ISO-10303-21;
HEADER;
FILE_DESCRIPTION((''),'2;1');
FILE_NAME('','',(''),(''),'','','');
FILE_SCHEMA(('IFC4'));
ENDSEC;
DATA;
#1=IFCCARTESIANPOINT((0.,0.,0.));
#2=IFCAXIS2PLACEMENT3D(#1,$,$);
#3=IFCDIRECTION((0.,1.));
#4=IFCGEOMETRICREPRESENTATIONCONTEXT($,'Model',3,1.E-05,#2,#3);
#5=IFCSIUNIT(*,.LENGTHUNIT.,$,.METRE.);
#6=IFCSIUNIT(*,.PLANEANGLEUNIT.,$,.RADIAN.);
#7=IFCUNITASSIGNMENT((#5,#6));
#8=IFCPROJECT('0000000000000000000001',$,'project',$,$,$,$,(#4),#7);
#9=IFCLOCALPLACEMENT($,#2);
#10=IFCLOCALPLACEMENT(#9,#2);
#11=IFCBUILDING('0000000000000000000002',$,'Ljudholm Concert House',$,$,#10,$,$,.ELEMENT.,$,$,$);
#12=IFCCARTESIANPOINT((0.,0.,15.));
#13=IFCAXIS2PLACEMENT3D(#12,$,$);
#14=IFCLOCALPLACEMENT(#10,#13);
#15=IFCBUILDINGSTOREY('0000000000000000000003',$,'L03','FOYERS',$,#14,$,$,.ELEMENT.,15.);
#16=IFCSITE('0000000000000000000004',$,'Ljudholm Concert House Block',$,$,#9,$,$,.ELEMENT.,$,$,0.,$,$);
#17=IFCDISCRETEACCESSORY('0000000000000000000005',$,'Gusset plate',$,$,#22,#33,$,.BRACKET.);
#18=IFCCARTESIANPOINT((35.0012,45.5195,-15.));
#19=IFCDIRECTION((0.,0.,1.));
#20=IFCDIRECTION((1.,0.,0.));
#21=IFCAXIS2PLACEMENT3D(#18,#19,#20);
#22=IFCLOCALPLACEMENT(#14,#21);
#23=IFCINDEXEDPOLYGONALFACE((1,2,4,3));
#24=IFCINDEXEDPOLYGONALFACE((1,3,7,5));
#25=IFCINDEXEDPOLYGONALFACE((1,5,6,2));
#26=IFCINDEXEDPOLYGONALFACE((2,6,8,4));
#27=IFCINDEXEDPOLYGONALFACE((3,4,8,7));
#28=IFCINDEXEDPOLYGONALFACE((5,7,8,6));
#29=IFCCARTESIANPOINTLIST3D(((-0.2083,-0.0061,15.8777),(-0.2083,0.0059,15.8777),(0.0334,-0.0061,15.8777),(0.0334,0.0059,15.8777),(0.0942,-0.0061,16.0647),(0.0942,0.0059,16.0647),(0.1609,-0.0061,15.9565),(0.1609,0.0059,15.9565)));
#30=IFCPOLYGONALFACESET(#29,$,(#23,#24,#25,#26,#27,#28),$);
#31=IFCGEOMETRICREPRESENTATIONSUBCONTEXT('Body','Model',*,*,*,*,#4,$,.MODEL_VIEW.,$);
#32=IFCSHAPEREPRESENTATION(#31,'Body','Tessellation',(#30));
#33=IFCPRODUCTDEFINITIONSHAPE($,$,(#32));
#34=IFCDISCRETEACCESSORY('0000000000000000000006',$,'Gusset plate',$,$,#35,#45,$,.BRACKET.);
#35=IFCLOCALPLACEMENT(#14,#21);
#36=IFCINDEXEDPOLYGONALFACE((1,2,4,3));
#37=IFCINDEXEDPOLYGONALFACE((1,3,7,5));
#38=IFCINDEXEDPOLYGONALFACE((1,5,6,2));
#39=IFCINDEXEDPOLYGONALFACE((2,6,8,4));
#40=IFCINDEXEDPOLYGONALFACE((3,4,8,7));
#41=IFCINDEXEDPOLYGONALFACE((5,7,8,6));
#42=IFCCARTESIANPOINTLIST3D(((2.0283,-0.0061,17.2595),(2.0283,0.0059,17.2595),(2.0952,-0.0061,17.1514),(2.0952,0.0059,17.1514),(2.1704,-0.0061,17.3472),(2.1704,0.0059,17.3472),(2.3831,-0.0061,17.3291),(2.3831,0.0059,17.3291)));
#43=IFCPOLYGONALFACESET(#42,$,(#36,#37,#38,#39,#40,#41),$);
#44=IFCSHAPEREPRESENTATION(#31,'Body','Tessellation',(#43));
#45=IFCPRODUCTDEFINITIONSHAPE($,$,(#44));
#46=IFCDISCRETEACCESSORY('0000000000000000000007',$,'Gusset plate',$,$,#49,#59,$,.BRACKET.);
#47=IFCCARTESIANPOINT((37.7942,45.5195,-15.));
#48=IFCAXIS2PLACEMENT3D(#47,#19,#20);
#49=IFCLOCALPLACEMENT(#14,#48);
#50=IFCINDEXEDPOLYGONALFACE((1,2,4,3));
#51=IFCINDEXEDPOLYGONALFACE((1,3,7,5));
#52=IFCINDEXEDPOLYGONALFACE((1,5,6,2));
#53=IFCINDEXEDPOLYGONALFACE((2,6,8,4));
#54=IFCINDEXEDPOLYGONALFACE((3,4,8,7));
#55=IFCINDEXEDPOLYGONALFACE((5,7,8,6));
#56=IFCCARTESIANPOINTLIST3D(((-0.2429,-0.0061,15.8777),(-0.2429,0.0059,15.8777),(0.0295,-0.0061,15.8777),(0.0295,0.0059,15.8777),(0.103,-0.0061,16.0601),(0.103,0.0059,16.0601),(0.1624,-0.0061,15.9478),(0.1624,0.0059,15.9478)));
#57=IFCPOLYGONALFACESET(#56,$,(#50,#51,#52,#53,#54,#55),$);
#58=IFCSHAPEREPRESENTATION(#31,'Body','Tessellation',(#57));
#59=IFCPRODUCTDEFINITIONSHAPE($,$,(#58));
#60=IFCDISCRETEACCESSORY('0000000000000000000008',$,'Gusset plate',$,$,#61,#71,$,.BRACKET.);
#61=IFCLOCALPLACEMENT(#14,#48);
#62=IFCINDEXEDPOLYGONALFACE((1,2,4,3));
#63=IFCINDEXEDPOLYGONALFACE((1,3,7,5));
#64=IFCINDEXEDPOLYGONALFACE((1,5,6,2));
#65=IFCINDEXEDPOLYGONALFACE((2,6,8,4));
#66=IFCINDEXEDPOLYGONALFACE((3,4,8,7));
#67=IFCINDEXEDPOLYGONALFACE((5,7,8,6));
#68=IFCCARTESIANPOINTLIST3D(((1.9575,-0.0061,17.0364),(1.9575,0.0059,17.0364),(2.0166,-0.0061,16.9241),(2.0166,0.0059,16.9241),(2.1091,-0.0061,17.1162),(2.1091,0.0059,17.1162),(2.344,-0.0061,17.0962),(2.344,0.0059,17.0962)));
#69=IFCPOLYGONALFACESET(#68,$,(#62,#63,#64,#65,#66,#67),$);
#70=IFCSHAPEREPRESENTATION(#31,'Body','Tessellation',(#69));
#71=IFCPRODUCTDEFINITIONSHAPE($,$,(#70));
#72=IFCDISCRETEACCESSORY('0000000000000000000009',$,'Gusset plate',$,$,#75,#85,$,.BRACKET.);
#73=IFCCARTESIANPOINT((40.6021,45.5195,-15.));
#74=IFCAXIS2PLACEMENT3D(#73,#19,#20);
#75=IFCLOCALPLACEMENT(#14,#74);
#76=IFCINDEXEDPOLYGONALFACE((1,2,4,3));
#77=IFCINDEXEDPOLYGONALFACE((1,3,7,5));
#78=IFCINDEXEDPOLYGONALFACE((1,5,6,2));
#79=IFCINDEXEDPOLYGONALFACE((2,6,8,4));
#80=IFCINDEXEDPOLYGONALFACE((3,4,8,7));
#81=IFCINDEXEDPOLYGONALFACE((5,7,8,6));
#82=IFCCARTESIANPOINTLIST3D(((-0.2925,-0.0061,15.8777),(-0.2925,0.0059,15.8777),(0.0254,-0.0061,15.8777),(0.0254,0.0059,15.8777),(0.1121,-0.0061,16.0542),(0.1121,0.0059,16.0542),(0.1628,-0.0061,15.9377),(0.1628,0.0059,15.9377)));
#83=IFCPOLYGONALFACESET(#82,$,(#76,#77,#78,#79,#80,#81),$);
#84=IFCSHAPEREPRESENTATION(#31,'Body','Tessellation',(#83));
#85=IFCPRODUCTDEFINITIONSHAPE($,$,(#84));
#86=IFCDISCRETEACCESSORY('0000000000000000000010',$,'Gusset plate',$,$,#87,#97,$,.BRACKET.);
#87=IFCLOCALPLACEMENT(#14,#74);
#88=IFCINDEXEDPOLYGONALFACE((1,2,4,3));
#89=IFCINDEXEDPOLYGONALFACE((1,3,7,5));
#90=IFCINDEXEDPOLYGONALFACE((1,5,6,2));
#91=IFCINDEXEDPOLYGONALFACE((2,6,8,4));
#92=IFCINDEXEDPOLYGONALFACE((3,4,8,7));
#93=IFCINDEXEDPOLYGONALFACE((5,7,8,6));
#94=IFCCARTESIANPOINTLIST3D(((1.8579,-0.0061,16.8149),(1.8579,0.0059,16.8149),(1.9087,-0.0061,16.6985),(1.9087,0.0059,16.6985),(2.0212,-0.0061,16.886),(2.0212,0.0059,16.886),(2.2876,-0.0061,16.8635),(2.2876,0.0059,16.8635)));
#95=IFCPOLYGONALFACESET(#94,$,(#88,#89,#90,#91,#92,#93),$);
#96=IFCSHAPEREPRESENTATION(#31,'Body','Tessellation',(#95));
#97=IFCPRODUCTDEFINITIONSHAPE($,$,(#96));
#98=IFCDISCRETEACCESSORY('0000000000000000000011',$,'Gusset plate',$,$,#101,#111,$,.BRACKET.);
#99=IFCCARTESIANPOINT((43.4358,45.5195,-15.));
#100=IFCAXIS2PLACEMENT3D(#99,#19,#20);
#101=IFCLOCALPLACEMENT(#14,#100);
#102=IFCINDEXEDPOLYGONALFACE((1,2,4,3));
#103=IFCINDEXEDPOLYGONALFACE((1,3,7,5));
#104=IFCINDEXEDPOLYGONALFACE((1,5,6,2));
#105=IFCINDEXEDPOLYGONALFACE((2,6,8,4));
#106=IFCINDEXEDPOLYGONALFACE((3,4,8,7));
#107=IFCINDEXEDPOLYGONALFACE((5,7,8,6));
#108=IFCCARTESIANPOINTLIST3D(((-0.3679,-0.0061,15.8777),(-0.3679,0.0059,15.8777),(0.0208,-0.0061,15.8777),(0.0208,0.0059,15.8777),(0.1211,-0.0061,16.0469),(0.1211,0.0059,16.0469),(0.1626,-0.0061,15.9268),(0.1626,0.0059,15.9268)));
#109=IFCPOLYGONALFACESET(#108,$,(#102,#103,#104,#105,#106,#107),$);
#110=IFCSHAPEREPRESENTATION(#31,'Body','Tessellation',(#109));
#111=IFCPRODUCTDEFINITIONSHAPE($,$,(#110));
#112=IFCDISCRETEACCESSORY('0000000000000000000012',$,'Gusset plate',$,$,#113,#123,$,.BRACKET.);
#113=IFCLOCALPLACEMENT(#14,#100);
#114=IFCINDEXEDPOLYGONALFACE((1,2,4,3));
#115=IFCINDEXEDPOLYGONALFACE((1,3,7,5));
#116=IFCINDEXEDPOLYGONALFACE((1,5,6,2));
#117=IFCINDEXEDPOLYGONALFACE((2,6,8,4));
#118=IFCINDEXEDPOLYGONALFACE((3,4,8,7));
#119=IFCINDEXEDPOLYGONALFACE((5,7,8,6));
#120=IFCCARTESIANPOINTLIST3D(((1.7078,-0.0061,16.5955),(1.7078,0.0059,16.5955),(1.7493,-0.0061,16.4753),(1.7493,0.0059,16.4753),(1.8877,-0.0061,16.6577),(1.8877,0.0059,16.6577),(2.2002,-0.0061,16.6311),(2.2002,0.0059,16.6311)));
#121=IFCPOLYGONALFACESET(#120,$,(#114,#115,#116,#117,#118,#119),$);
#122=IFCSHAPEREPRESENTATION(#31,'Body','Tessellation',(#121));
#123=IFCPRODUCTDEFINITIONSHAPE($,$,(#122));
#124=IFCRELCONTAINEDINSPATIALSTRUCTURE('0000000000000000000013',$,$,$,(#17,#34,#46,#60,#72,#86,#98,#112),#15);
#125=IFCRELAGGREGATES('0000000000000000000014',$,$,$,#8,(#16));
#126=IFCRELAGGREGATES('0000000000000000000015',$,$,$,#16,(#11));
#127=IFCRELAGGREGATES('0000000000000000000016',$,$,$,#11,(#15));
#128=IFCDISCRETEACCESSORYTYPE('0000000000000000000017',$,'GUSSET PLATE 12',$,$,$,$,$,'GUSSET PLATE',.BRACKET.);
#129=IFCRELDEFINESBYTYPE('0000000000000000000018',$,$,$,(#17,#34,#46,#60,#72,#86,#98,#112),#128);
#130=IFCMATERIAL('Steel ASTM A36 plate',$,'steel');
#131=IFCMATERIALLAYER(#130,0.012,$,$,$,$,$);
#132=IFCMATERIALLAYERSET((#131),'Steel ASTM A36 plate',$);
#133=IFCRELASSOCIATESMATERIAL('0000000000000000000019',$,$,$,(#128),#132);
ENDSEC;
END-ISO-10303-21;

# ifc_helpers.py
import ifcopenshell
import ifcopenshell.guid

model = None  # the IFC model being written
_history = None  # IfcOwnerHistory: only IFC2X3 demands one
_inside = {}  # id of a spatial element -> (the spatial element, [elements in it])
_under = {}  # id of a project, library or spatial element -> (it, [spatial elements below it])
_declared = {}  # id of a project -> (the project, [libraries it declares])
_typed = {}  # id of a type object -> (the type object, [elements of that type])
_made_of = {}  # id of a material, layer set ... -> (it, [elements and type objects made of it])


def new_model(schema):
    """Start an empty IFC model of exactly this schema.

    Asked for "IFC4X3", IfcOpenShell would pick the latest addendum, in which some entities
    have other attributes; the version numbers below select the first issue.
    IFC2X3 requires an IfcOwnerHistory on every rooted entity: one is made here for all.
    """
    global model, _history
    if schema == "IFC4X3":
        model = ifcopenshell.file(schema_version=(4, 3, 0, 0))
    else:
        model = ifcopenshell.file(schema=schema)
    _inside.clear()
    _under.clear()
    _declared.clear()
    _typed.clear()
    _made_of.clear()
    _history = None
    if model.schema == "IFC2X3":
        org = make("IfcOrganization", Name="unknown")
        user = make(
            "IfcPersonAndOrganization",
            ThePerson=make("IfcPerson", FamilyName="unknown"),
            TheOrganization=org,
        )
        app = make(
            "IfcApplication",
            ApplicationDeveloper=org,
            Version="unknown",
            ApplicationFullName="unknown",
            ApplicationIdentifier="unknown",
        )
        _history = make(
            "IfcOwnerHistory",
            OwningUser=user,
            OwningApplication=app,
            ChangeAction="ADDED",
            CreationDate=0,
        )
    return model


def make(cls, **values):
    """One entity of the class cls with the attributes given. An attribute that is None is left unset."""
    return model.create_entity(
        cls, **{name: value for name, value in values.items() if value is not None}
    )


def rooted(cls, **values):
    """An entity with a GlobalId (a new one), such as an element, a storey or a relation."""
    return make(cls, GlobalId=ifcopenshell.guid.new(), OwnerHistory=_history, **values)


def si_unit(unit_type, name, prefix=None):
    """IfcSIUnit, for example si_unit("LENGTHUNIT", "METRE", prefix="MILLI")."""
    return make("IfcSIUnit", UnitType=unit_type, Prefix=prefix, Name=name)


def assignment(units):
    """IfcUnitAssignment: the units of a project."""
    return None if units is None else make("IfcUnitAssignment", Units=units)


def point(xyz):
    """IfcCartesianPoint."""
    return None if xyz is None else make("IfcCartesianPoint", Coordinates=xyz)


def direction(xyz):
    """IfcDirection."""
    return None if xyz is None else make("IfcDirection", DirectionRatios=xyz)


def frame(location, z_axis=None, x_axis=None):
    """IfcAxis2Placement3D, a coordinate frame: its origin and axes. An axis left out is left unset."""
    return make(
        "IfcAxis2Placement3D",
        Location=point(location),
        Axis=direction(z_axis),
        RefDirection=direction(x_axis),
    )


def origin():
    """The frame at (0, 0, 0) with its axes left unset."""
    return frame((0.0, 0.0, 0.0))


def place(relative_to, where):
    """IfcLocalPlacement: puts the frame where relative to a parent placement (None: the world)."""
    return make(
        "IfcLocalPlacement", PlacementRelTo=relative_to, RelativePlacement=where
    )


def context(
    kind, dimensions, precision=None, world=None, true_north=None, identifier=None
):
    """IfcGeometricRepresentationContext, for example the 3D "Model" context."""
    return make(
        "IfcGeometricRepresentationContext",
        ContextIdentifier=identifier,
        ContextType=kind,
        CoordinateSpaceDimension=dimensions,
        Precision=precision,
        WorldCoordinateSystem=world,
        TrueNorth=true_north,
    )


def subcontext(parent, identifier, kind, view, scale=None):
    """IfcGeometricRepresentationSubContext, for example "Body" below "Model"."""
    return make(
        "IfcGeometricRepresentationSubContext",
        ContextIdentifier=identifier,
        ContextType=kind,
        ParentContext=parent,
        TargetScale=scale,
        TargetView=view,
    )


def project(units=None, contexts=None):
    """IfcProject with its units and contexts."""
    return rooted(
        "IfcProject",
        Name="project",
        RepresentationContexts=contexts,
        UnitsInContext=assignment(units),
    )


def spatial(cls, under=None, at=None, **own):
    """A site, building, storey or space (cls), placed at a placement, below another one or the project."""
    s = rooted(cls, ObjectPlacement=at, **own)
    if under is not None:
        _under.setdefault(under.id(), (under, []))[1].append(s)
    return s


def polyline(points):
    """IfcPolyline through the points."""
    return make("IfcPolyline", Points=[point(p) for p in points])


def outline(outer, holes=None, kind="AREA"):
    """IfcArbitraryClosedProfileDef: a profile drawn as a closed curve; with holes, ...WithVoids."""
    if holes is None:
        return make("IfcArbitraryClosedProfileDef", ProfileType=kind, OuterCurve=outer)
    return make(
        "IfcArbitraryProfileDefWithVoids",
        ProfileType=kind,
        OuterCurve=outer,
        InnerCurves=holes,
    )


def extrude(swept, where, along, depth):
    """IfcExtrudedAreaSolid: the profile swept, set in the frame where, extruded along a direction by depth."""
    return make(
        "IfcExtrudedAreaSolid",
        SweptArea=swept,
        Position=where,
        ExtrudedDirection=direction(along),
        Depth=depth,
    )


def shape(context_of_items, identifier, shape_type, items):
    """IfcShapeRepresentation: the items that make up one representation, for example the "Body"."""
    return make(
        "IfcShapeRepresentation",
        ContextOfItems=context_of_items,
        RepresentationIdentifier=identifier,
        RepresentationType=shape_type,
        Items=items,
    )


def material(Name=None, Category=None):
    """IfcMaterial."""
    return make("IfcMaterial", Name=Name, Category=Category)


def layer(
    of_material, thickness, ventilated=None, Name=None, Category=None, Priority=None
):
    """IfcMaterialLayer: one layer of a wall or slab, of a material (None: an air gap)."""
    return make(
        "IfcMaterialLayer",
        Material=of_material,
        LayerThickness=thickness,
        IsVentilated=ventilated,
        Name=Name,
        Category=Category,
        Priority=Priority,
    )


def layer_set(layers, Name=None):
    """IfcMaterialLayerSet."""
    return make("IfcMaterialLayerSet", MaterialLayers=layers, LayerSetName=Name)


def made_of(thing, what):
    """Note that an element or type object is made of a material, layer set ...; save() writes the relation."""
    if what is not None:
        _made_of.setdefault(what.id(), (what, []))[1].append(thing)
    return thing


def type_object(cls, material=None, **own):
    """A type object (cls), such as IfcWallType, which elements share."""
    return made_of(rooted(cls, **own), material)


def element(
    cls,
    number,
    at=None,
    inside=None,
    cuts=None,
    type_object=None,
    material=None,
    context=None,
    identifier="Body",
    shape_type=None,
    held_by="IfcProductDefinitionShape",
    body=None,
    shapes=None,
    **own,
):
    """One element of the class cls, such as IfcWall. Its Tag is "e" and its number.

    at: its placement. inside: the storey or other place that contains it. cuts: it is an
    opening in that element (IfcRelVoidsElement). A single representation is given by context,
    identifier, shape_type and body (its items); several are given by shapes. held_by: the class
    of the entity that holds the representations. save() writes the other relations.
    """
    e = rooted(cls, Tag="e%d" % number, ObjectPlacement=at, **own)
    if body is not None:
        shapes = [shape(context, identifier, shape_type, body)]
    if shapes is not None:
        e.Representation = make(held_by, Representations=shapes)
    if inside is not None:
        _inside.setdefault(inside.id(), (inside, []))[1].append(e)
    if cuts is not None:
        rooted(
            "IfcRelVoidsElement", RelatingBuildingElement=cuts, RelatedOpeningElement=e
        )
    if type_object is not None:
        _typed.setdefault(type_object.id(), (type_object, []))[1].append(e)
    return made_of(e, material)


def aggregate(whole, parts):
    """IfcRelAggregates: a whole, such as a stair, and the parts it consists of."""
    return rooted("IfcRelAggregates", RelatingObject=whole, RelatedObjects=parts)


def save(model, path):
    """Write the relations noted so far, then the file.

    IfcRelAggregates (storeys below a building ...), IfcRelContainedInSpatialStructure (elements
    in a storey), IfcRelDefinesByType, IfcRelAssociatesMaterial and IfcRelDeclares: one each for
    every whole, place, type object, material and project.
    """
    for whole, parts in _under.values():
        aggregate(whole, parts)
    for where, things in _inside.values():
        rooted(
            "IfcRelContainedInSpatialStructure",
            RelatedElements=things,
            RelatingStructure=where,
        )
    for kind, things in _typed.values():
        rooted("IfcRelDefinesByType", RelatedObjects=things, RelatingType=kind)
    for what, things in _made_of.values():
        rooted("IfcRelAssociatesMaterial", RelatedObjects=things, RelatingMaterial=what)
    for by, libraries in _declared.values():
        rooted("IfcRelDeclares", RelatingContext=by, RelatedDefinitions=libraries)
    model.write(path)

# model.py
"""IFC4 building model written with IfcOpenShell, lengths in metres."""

from ifc_helpers import new_model, si_unit, direction, frame, origin, place, context, subcontext, project, spatial, polyline, outline, extrude, material, layer, layer_set, type_object, element, save


model = new_model("IFC4")

# Units and contexts
model_context = context("Model", 3, precision=1e-05, world=origin(), true_north=direction((0.0, 1.0)))
body_context = subcontext(model_context, "Body", "Model", "MODEL_VIEW")
ifc_project = project(units=[si_unit("LENGTHUNIT", "METRE"), si_unit("PLANEANGLEUNIT", "RADIAN")], contexts=[model_context])

# Site, building, storey
site_placement = place(None, origin())
site = spatial("IfcSite", under=ifc_project, at=site_placement, Name="Ljudholm Concert House Block", CompositionType="ELEMENT", RefElevation=0.0)
building_placement = place(site_placement, origin())
building = spatial("IfcBuilding", under=site, at=building_placement, Name="Ljudholm Concert House", CompositionType="ELEMENT")
storey_placement = place(building_placement, frame((0.0, 0.0, 15.0)))
storey = spatial("IfcBuildingStorey", under=building, at=storey_placement, Name="L03", Description="FOYERS", CompositionType="ELEMENT", Elevation=15.0)

# Discrete accessories
ifc_material_1 = material(Name="Steel ASTM A36 plate", Category="steel")
ifc_layer_1 = layer(ifc_material_1, 0.012)
ifc_layer_set_1 = layer_set([ifc_layer_1], Name="Steel ASTM A36 plate")
discrete_accessory_type = type_object("IfcDiscreteAccessoryType", Name="GUSSET PLATE 12", ElementType="GUSSET PLATE", PredefinedType="BRACKET", material=ifc_layer_set_1)
discrete_accessory_1_placement = place(storey_placement, frame((35.0012, 45.5195, -15.0), z_axis=(0.0, 0.0, 1.0), x_axis=(1.0, 0.0, 0.0)))
element("IfcDiscreteAccessory", 1, at=discrete_accessory_1_placement, inside=storey, type_object=discrete_accessory_type, Name="Gusset plate", PredefinedType="BRACKET", context=body_context, shape_type="SweptSolid", body=[
    extrude(outline(polyline([(0.1609, 15.9565), (0.0334, 15.8777), (-0.2083, 15.8777), (0.0942, 16.0647), (0.1609, 15.9565)])), frame((0.0, 0.0059, 0.0), z_axis=(0.0, -1.0, 0.0), x_axis=(1.0, 0.0, 0.0)), (0.0, 0.0, 1.0), 0.012),
])
discrete_accessory_2_placement = place(storey_placement, frame((35.0012, 45.5195, -15.0), z_axis=(0.0, 0.0, 1.0), x_axis=(1.0, 0.0, 0.0)))
element("IfcDiscreteAccessory", 2, at=discrete_accessory_2_placement, inside=storey, type_object=discrete_accessory_type, Name="Gusset plate", PredefinedType="BRACKET", context=body_context, shape_type="SweptSolid", body=[
    extrude(outline(polyline([(2.0283, 17.2595), (2.1704, 17.3472), (2.3831, 17.3291), (2.0952, 17.1514), (2.0283, 17.2595)])), frame((0.0, 0.0059, 0.0), z_axis=(0.0, -1.0, 0.0), x_axis=(1.0, 0.0, 0.0)), (0.0, 0.0, 1.0), 0.012),
])
discrete_accessory_3_placement = place(storey_placement, frame((37.7942, 45.5195, -15.0), z_axis=(0.0, 0.0, 1.0), x_axis=(1.0, 0.0, 0.0)))
element("IfcDiscreteAccessory", 3, at=discrete_accessory_3_placement, inside=storey, type_object=discrete_accessory_type, Name="Gusset plate", PredefinedType="BRACKET", context=body_context, shape_type="SweptSolid", body=[
    extrude(outline(polyline([(0.1624, 15.9478), (0.0295, 15.8777), (-0.2429, 15.8777), (0.103, 16.0601), (0.1624, 15.9478)])), frame((0.0, 0.0059, 0.0), z_axis=(0.0, -1.0, 0.0), x_axis=(1.0, 0.0, 0.0)), (0.0, 0.0, 1.0), 0.012),
])
discrete_accessory_4_placement = place(storey_placement, frame((37.7942, 45.5195, -15.0), z_axis=(0.0, 0.0, 1.0), x_axis=(1.0, 0.0, 0.0)))
element("IfcDiscreteAccessory", 4, at=discrete_accessory_4_placement, inside=storey, type_object=discrete_accessory_type, Name="Gusset plate", PredefinedType="BRACKET", context=body_context, shape_type="SweptSolid", body=[
    extrude(outline(polyline([(1.9575, 17.0364), (2.1091, 17.1162), (2.344, 17.0962), (2.0166, 16.9241), (1.9575, 17.0364)])), frame((0.0, 0.0059, 0.0), z_axis=(0.0, -1.0, 0.0), x_axis=(1.0, 0.0, 0.0)), (0.0, 0.0, 1.0), 0.012),
])
discrete_accessory_5_placement = place(storey_placement, frame((40.6021, 45.5195, -15.0), z_axis=(0.0, 0.0, 1.0), x_axis=(1.0, 0.0, 0.0)))
element("IfcDiscreteAccessory", 5, at=discrete_accessory_5_placement, inside=storey, type_object=discrete_accessory_type, Name="Gusset plate", PredefinedType="BRACKET", context=body_context, shape_type="SweptSolid", body=[
    extrude(outline(polyline([(0.1628, 15.9377), (0.0254, 15.8777), (-0.2925, 15.8777), (0.1121, 16.0542), (0.1628, 15.9377)])), frame((0.0, 0.0059, 0.0), z_axis=(0.0, -1.0, 0.0), x_axis=(1.0, 0.0, 0.0)), (0.0, 0.0, 1.0), 0.012),
])
discrete_accessory_6_placement = place(storey_placement, frame((40.6021, 45.5195, -15.0), z_axis=(0.0, 0.0, 1.0), x_axis=(1.0, 0.0, 0.0)))
element("IfcDiscreteAccessory", 6, at=discrete_accessory_6_placement, inside=storey, type_object=discrete_accessory_type, Name="Gusset plate", PredefinedType="BRACKET", context=body_context, shape_type="SweptSolid", body=[
    extrude(outline(polyline([(1.8579, 16.8149), (2.0212, 16.886), (2.2876, 16.8635), (1.9087, 16.6985), (1.8579, 16.8149)])), frame((0.0, 0.0059, 0.0), z_axis=(0.0, -1.0, 0.0), x_axis=(1.0, 0.0, 0.0)), (0.0, 0.0, 1.0), 0.012),
])
discrete_accessory_7_placement = place(storey_placement, frame((43.4358, 45.5195, -15.0), z_axis=(0.0, 0.0, 1.0), x_axis=(1.0, 0.0, 0.0)))
element("IfcDiscreteAccessory", 7, at=discrete_accessory_7_placement, inside=storey, type_object=discrete_accessory_type, Name="Gusset plate", PredefinedType="BRACKET", context=body_context, shape_type="SweptSolid", body=[
    extrude(outline(polyline([(0.1626, 15.9268), (0.0208, 15.8777), (-0.3679, 15.8777), (0.1211, 16.0469), (0.1626, 15.9268)])), frame((0.0, 0.0059, 0.0), z_axis=(0.0, -1.0, 0.0), x_axis=(1.0, 0.0, 0.0)), (0.0, 0.0, 1.0), 0.012),
])
discrete_accessory_8_placement = place(storey_placement, frame((43.4358, 45.5195, -15.0), z_axis=(0.0, 0.0, 1.0), x_axis=(1.0, 0.0, 0.0)))
element("IfcDiscreteAccessory", 8, at=discrete_accessory_8_placement, inside=storey, type_object=discrete_accessory_type, Name="Gusset plate", PredefinedType="BRACKET", context=body_context, shape_type="SweptSolid", body=[
    extrude(outline(polyline([(1.7078, 16.5955), (1.8877, 16.6577), (2.2002, 16.6311), (1.7493, 16.4753), (1.7078, 16.5955)])), frame((0.0, 0.0059, 0.0), z_axis=(0.0, -1.0, 0.0), x_axis=(1.0, 0.0, 0.0)), (0.0, 0.0, 1.0), 0.012),
])

save(model, "model.ifc")
